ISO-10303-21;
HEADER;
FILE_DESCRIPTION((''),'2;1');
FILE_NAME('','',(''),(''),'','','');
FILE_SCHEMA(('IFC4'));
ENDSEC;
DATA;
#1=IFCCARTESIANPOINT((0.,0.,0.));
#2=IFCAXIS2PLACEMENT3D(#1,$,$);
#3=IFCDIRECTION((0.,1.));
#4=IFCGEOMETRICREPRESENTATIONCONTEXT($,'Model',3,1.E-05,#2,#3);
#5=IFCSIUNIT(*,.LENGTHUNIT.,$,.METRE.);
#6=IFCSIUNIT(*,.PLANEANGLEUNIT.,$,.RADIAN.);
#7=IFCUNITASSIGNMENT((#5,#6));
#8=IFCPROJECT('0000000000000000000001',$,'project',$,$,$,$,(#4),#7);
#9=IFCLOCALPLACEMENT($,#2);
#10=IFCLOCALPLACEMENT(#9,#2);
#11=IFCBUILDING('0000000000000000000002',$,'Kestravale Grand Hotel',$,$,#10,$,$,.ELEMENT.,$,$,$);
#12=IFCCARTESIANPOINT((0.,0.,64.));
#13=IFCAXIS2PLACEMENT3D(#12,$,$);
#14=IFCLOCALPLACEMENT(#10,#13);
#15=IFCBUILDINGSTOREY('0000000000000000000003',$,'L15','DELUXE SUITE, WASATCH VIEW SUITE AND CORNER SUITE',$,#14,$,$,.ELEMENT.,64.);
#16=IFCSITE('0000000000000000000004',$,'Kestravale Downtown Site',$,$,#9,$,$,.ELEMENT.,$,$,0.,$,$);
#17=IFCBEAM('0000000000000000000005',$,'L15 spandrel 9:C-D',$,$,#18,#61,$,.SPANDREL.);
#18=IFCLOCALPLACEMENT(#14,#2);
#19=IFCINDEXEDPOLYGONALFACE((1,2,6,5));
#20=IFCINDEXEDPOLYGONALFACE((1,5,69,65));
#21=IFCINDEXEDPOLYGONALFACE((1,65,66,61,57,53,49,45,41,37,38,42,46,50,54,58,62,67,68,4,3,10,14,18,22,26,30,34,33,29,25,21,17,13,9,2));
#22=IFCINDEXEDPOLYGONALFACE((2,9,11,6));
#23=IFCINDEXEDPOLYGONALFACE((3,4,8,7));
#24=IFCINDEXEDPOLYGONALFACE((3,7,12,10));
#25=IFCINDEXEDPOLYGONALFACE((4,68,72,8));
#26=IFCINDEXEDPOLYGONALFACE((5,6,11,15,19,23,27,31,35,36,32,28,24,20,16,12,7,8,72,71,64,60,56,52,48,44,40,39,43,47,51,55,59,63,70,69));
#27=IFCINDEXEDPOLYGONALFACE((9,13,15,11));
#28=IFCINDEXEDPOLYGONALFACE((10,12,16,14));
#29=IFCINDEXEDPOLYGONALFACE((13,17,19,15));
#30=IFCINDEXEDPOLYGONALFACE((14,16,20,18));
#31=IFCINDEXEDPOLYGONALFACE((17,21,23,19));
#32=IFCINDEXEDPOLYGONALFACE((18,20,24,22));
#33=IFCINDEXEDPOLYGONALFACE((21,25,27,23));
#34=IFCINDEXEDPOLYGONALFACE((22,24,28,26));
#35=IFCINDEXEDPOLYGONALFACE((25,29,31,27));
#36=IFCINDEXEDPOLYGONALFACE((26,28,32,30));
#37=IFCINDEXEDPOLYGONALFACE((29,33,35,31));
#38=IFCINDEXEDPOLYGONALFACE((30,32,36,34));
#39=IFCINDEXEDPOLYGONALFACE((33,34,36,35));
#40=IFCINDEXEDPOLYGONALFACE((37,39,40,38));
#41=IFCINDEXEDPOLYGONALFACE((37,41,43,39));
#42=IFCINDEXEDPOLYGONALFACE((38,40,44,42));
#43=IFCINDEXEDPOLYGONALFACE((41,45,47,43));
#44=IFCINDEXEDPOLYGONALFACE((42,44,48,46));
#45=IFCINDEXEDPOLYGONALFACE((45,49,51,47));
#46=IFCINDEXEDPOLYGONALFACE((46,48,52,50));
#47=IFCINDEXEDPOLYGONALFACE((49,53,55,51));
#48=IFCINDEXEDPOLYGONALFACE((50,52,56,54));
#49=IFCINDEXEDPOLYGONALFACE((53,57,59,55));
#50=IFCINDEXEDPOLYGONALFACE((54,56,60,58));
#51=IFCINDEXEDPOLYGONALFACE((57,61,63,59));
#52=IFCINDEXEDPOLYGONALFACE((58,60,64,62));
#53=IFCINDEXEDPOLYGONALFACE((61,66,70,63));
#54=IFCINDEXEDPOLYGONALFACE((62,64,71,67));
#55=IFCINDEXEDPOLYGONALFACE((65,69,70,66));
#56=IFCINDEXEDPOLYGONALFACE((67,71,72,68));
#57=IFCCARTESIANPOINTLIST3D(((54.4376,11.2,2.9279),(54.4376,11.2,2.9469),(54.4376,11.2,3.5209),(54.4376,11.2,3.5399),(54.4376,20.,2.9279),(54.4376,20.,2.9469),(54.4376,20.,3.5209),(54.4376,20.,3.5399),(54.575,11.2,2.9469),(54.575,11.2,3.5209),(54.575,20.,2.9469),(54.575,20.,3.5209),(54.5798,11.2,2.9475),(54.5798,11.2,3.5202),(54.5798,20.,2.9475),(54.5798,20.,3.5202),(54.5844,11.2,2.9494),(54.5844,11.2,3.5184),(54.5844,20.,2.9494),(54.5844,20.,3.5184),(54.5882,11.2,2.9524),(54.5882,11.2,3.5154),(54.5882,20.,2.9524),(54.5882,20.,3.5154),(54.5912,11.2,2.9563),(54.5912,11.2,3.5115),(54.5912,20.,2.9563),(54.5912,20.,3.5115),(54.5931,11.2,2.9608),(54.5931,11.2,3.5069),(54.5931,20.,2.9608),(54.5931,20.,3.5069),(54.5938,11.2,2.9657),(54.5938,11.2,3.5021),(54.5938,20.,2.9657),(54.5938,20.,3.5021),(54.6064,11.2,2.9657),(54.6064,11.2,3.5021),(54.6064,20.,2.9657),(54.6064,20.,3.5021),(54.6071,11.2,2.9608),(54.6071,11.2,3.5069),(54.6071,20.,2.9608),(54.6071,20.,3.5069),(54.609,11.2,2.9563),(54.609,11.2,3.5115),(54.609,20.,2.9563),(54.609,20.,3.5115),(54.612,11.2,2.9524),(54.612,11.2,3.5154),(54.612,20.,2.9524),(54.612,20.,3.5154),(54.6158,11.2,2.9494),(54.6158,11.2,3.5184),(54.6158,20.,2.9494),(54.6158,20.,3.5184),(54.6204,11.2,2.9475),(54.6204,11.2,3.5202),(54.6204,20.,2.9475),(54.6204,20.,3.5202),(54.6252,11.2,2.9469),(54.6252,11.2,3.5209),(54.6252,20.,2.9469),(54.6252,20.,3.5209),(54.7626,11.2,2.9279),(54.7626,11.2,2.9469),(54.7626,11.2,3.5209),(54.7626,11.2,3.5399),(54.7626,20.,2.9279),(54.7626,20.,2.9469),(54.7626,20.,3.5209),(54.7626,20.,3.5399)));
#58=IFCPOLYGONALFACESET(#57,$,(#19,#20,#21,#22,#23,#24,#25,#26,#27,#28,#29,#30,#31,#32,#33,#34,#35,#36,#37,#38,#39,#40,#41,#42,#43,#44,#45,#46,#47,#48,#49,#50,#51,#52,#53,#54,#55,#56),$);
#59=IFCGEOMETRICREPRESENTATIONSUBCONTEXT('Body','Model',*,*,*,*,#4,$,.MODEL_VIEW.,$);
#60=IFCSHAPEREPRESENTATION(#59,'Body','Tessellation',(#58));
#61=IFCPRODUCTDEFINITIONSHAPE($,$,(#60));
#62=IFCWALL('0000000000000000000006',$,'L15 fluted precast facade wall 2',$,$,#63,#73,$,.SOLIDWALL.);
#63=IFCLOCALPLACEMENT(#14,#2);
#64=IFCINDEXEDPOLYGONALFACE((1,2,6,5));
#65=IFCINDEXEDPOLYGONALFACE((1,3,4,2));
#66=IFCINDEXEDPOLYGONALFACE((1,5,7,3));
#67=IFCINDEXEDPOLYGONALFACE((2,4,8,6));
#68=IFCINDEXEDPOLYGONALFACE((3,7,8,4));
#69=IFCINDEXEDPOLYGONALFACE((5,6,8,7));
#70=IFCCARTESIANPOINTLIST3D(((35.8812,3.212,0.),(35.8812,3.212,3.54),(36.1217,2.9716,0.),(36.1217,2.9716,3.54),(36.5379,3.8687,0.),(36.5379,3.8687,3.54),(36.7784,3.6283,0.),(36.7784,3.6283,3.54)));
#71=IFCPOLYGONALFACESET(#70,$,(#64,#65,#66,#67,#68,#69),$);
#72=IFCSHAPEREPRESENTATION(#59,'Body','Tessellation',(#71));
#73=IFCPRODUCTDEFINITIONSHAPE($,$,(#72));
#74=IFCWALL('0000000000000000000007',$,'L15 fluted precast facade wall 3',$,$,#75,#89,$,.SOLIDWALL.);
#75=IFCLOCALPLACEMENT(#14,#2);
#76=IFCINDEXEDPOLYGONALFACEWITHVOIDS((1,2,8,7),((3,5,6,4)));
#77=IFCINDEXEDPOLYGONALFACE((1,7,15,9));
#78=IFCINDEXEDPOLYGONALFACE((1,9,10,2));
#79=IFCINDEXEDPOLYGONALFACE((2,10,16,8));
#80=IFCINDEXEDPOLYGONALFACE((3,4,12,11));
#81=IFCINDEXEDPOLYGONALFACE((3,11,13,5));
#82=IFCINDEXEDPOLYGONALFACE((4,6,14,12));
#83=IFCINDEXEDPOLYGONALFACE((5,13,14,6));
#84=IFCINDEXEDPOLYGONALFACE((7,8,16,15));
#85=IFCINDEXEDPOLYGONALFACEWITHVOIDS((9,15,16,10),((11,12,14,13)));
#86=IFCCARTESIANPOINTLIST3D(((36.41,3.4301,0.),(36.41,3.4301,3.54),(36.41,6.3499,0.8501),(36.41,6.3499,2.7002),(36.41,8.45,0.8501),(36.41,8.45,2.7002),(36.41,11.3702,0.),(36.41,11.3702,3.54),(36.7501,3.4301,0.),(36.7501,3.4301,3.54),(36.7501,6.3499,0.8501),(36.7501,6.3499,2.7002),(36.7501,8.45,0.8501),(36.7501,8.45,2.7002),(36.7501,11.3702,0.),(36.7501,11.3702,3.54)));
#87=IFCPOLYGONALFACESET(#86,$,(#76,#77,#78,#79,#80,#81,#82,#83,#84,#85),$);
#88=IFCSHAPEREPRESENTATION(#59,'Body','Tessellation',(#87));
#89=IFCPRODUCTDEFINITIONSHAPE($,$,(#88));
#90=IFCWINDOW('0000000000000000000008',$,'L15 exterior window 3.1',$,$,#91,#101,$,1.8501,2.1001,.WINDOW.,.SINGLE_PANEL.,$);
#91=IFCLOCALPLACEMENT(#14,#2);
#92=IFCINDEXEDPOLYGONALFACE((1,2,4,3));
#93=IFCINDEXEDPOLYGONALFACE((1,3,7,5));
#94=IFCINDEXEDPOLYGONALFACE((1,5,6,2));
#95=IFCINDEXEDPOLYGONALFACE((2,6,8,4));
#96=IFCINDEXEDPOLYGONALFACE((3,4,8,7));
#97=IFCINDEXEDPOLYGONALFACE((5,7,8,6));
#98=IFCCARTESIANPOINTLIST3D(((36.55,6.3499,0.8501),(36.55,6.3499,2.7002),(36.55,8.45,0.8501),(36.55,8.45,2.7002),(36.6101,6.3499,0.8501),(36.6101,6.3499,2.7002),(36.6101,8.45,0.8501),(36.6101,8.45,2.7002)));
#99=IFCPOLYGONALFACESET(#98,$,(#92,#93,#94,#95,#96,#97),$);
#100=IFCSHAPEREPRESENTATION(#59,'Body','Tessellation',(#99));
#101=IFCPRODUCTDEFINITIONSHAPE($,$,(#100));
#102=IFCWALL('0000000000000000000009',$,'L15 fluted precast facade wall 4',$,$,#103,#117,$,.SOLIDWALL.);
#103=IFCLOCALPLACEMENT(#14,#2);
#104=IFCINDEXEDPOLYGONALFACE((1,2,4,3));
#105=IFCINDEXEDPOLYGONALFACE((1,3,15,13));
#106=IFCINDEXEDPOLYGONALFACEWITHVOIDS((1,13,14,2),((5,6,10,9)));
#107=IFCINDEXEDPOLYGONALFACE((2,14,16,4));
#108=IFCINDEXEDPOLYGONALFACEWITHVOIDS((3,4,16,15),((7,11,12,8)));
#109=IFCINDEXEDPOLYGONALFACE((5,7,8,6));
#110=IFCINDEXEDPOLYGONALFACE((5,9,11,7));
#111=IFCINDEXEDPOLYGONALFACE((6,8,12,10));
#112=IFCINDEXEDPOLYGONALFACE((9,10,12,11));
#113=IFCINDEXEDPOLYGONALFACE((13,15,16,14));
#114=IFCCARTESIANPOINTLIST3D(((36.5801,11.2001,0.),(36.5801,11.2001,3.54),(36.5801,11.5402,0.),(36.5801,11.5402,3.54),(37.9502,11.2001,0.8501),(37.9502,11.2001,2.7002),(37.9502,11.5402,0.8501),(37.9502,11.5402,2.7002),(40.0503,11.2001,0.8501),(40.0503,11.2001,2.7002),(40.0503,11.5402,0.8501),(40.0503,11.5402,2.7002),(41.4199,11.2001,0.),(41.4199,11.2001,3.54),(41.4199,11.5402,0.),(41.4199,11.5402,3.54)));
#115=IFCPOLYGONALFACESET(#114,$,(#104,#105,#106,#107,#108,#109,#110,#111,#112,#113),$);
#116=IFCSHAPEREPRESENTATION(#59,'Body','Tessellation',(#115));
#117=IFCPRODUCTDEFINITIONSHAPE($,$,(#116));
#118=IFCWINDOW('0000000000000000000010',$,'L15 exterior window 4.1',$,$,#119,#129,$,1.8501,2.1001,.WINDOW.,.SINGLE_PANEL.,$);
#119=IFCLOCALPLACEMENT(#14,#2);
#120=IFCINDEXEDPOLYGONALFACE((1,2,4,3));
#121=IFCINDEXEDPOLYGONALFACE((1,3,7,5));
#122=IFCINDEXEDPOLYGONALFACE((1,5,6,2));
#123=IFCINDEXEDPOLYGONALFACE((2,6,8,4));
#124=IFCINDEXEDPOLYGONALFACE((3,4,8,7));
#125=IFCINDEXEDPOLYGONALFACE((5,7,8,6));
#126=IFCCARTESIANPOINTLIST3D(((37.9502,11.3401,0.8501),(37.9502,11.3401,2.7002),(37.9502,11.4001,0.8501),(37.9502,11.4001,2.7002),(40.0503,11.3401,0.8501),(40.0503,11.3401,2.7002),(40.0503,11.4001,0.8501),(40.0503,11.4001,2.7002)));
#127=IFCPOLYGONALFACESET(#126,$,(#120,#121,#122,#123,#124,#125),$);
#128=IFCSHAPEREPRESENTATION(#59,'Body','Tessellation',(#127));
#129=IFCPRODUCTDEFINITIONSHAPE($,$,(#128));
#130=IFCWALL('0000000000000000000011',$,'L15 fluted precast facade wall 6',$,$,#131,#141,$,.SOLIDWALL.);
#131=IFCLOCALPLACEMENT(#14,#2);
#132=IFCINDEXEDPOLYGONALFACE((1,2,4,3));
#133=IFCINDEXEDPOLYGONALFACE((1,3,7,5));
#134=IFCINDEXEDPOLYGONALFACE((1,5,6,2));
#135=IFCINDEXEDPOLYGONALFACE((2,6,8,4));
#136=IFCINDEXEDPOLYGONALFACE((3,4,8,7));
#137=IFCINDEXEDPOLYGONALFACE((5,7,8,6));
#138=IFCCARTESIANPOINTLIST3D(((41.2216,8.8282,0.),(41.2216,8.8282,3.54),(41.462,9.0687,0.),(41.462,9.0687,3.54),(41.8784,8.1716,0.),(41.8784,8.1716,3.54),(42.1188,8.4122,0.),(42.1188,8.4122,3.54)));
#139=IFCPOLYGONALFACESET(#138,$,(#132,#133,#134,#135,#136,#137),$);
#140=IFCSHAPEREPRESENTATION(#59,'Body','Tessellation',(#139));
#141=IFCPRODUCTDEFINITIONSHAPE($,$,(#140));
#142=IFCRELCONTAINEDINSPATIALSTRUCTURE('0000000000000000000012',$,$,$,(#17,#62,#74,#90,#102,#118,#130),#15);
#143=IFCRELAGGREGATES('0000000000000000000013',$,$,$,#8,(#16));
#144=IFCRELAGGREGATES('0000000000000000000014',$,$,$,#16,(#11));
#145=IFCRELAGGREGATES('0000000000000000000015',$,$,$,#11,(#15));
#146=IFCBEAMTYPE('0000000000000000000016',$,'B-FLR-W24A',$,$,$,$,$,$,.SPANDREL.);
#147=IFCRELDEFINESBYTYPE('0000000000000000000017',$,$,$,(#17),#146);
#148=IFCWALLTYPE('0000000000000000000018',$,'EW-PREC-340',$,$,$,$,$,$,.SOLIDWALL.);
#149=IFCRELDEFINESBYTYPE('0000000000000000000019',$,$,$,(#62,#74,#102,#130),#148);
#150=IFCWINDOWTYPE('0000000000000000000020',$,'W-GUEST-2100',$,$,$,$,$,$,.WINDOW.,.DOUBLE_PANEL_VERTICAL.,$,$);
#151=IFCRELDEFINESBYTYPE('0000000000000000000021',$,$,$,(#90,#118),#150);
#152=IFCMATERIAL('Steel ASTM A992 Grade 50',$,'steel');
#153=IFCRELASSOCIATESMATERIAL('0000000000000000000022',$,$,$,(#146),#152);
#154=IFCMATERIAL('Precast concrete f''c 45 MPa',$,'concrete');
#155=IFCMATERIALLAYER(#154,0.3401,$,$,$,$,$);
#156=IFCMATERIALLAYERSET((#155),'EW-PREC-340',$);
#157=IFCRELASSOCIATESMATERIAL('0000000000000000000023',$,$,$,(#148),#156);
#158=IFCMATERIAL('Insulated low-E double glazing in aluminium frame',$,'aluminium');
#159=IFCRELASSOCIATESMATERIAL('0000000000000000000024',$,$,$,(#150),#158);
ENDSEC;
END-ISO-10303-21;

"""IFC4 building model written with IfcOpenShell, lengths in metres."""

from ifc_helpers import new_model, si_unit, direction, frame, frame_2d, origin, origin_2d, place, context, subcontext, project, spatial, rectangle, i_section, extrude, material, layer, layer_set, material_profile, profile_set, type_object, element, fill, save


model = new_model("IFC4")

# Units and contexts
model_context = context("Model", 3, precision=1e-05, world=origin(), true_north=direction((0.0, 1.0)))
body_context = subcontext(model_context, "Body", "Model", "MODEL_VIEW")
ifc_project = project(units=[si_unit("LENGTHUNIT", "METRE"), si_unit("PLANEANGLEUNIT", "RADIAN")], contexts=[model_context])

# Site, building, storey
site_placement = place(None, origin())
site = spatial("IfcSite", under=ifc_project, at=site_placement, Name="Kestravale Downtown Site", CompositionType="ELEMENT", RefElevation=0.0)
building_placement = place(site_placement, origin())
building = spatial("IfcBuilding", under=site, at=building_placement, Name="Kestravale Grand Hotel", CompositionType="ELEMENT")
storey_placement = place(building_placement, frame((0.0, 0.0, 64.0)))
storey = spatial("IfcBuildingStorey", under=building, at=storey_placement, Name="L15", Description="DELUXE SUITE, WASATCH VIEW SUITE AND CORNER SUITE", CompositionType="ELEMENT", Elevation=64.0)

# Beam
ifc_material_1 = material(Name="Steel ASTM A992 Grade 50", Category="steel")
ifc_material_profile_1 = material_profile(ifc_material_1, i_section(OverallWidth=0.325, OverallDepth=0.6121, WebThickness=0.0127, FlangeThickness=0.019, FilletRadius=0.0188, at=origin_2d()))
ifc_profile_set_1 = profile_set([ifc_material_profile_1], Name="Steel ASTM A992 Grade 50")
beam_type_1 = type_object("IfcBeamType", Name="B-FLR-W24A", PredefinedType="SPANDREL", material=ifc_profile_set_1)
beam_1_placement = place(storey_placement, frame((54.6001, 11.2, 3.2339), z_axis=(0.0, 1.0, 0.0), x_axis=(-1.0, 0.0, 0.0)))
element("IfcBeam", 1, at=beam_1_placement, inside=storey, type_object=beam_type_1, Name="L15 spandrel 9:C-D", PredefinedType="SPANDREL", context=body_context, shape_type="SweptSolid", body=[
    extrude(i_section(OverallWidth=0.325, OverallDepth=0.6121, WebThickness=0.0127, FlangeThickness=0.019, FilletRadius=0.0188, at=origin_2d()), origin(), (0.0, 0.0, 1.0), 8.8),
])

# Wall
ifc_material_2 = material(Name="Precast concrete f'c 45 MPa", Category="concrete")
ifc_layer_1 = layer(ifc_material_2, 0.3401)
ifc_layer_set_1 = layer_set([ifc_layer_1], Name="EW-PREC-340")
wall_type_1 = type_object("IfcWallType", Name="EW-PREC-340", PredefinedType="SOLIDWALL", material=ifc_layer_set_1)
wall_1_placement = place(storey_placement, frame((36.0015, 3.0918, 0.0), z_axis=(0.0, 0.0, 1.0), x_axis=(0.707107, 0.707107, 0.0)))
element("IfcWall", 2, at=wall_1_placement, inside=storey, type_object=wall_type_1, Name="L15 fluted precast facade wall 2", PredefinedType="SOLIDWALL", context=body_context, shape_type="SweptSolid", body=[
    extrude(rectangle(XDim=0.9287, YDim=0.3401, at=frame_2d((0.4644, 0.0))), origin(), (0.0, 0.0, 1.0), 3.54),
])

# Walls, openings, windows
wall_2_placement = place(storey_placement, frame((36.5801, 3.4299, 0.0), z_axis=(0.0, 0.0, 1.0), x_axis=(0.0, 1.0, 0.0)))
wall_2 = element("IfcWall", 3, at=wall_2_placement, inside=storey, type_object=wall_type_1, Name="L15 fluted precast facade wall 3", PredefinedType="SOLIDWALL", context=body_context, shape_type="SweptSolid", body=[
    extrude(rectangle(XDim=7.9402, YDim=0.3401, at=frame_2d((3.9702, 0.0))), origin(), (0.0, 0.0, 1.0), 3.54),
])
opening_1_placement = place(wall_2_placement, frame((2.9199, 0.0, 0.8501)))
opening_1 = element("IfcOpeningElement", 4, at=opening_1_placement, cuts=wall_2, PredefinedType="OPENING", context=body_context, shape_type="SweptSolid", body=[
    extrude(rectangle(XDim=2.1001, YDim=1.8501, at=frame_2d((1.05, 0.925))), frame((0.0, 0.1799, 0.0), z_axis=(0.0, -1.0, 0.0), x_axis=(1.0, 0.0, 0.0)), (0.0, 0.0, 1.0), 0.3601),
])
ifc_material_3 = material(Name="Insulated low-E double glazing in aluminium frame", Category="aluminium")
window_type_1 = type_object("IfcWindowType", Name="W-GUEST-2100", PartitioningType="DOUBLE_PANEL_VERTICAL", PredefinedType="WINDOW", material=ifc_material_3)
window_1_placement = place(opening_1_placement, origin())
window_1 = element("IfcWindow", 5, at=window_1_placement, inside=storey, type_object=window_type_1, Name="L15 exterior window 3.1", OverallHeight=1.8501, OverallWidth=2.1001, PartitioningType="SINGLE_PANEL", PredefinedType="WINDOW", context=body_context, shape_type="SweptSolid", body=[
    extrude(rectangle(XDim=2.1001, YDim=1.8501, at=frame_2d((1.05, 0.925))), frame((0.0, 0.03, 0.0), z_axis=(0.0, -1.0, 0.0), x_axis=(1.0, 0.0, 0.0)), (0.0, 0.0, 1.0), 0.0601),
])
fill(opening_1, window_1)
wall_3_placement = place(storey_placement, frame((36.5801, 11.3701, 0.0), z_axis=(0.0, 0.0, 1.0), x_axis=(1.0, 0.0, 0.0)))
wall_3 = element("IfcWall", 6, at=wall_3_placement, inside=storey, type_object=wall_type_1, Name="L15 fluted precast facade wall 4", PredefinedType="SOLIDWALL", context=body_context, shape_type="SweptSolid", body=[
    extrude(rectangle(XDim=4.8398, YDim=0.3401, at=frame_2d((2.4199, 0.0))), origin(), (0.0, 0.0, 1.0), 3.54),
])
opening_2_placement = place(wall_3_placement, frame((1.3701, 0.0, 0.8501)))
opening_2 = element("IfcOpeningElement", 7, at=opening_2_placement, cuts=wall_3, PredefinedType="OPENING", context=body_context, shape_type="SweptSolid", body=[
    extrude(rectangle(XDim=2.1001, YDim=1.8501, at=frame_2d((1.05, 0.925))), frame((0.0, 0.1799, 0.0), z_axis=(0.0, -1.0, 0.0), x_axis=(1.0, 0.0, 0.0)), (0.0, 0.0, 1.0), 0.3601),
])
window_2_placement = place(opening_2_placement, origin())
window_2 = element("IfcWindow", 8, at=window_2_placement, inside=storey, type_object=window_type_1, Name="L15 exterior window 4.1", OverallHeight=1.8501, OverallWidth=2.1001, PartitioningType="SINGLE_PANEL", PredefinedType="WINDOW", context=body_context, shape_type="SweptSolid", body=[
    extrude(rectangle(XDim=2.1001, YDim=1.8501, at=frame_2d((1.05, 0.925))), frame((0.0, 0.03, 0.0), z_axis=(0.0, -1.0, 0.0), x_axis=(1.0, 0.0, 0.0)), (0.0, 0.0, 1.0), 0.0601),
])
fill(opening_2, window_2)

# Wall
wall_4_placement = place(storey_placement, frame((41.3418, 8.9485, 0.0), z_axis=(0.0, 0.0, 1.0), x_axis=(0.707238, -0.706975, 0.0)))
element("IfcWall", 9, at=wall_4_placement, inside=storey, type_object=wall_type_1, Name="L15 fluted precast facade wall 6", PredefinedType="SOLIDWALL", context=body_context, shape_type="SweptSolid", body=[
    extrude(rectangle(XDim=0.9287, YDim=0.3401, at=frame_2d((0.4644, 0.0))), origin(), (0.0, 0.0, 1.0), 3.54),
])

save(model, "model.ifc")
